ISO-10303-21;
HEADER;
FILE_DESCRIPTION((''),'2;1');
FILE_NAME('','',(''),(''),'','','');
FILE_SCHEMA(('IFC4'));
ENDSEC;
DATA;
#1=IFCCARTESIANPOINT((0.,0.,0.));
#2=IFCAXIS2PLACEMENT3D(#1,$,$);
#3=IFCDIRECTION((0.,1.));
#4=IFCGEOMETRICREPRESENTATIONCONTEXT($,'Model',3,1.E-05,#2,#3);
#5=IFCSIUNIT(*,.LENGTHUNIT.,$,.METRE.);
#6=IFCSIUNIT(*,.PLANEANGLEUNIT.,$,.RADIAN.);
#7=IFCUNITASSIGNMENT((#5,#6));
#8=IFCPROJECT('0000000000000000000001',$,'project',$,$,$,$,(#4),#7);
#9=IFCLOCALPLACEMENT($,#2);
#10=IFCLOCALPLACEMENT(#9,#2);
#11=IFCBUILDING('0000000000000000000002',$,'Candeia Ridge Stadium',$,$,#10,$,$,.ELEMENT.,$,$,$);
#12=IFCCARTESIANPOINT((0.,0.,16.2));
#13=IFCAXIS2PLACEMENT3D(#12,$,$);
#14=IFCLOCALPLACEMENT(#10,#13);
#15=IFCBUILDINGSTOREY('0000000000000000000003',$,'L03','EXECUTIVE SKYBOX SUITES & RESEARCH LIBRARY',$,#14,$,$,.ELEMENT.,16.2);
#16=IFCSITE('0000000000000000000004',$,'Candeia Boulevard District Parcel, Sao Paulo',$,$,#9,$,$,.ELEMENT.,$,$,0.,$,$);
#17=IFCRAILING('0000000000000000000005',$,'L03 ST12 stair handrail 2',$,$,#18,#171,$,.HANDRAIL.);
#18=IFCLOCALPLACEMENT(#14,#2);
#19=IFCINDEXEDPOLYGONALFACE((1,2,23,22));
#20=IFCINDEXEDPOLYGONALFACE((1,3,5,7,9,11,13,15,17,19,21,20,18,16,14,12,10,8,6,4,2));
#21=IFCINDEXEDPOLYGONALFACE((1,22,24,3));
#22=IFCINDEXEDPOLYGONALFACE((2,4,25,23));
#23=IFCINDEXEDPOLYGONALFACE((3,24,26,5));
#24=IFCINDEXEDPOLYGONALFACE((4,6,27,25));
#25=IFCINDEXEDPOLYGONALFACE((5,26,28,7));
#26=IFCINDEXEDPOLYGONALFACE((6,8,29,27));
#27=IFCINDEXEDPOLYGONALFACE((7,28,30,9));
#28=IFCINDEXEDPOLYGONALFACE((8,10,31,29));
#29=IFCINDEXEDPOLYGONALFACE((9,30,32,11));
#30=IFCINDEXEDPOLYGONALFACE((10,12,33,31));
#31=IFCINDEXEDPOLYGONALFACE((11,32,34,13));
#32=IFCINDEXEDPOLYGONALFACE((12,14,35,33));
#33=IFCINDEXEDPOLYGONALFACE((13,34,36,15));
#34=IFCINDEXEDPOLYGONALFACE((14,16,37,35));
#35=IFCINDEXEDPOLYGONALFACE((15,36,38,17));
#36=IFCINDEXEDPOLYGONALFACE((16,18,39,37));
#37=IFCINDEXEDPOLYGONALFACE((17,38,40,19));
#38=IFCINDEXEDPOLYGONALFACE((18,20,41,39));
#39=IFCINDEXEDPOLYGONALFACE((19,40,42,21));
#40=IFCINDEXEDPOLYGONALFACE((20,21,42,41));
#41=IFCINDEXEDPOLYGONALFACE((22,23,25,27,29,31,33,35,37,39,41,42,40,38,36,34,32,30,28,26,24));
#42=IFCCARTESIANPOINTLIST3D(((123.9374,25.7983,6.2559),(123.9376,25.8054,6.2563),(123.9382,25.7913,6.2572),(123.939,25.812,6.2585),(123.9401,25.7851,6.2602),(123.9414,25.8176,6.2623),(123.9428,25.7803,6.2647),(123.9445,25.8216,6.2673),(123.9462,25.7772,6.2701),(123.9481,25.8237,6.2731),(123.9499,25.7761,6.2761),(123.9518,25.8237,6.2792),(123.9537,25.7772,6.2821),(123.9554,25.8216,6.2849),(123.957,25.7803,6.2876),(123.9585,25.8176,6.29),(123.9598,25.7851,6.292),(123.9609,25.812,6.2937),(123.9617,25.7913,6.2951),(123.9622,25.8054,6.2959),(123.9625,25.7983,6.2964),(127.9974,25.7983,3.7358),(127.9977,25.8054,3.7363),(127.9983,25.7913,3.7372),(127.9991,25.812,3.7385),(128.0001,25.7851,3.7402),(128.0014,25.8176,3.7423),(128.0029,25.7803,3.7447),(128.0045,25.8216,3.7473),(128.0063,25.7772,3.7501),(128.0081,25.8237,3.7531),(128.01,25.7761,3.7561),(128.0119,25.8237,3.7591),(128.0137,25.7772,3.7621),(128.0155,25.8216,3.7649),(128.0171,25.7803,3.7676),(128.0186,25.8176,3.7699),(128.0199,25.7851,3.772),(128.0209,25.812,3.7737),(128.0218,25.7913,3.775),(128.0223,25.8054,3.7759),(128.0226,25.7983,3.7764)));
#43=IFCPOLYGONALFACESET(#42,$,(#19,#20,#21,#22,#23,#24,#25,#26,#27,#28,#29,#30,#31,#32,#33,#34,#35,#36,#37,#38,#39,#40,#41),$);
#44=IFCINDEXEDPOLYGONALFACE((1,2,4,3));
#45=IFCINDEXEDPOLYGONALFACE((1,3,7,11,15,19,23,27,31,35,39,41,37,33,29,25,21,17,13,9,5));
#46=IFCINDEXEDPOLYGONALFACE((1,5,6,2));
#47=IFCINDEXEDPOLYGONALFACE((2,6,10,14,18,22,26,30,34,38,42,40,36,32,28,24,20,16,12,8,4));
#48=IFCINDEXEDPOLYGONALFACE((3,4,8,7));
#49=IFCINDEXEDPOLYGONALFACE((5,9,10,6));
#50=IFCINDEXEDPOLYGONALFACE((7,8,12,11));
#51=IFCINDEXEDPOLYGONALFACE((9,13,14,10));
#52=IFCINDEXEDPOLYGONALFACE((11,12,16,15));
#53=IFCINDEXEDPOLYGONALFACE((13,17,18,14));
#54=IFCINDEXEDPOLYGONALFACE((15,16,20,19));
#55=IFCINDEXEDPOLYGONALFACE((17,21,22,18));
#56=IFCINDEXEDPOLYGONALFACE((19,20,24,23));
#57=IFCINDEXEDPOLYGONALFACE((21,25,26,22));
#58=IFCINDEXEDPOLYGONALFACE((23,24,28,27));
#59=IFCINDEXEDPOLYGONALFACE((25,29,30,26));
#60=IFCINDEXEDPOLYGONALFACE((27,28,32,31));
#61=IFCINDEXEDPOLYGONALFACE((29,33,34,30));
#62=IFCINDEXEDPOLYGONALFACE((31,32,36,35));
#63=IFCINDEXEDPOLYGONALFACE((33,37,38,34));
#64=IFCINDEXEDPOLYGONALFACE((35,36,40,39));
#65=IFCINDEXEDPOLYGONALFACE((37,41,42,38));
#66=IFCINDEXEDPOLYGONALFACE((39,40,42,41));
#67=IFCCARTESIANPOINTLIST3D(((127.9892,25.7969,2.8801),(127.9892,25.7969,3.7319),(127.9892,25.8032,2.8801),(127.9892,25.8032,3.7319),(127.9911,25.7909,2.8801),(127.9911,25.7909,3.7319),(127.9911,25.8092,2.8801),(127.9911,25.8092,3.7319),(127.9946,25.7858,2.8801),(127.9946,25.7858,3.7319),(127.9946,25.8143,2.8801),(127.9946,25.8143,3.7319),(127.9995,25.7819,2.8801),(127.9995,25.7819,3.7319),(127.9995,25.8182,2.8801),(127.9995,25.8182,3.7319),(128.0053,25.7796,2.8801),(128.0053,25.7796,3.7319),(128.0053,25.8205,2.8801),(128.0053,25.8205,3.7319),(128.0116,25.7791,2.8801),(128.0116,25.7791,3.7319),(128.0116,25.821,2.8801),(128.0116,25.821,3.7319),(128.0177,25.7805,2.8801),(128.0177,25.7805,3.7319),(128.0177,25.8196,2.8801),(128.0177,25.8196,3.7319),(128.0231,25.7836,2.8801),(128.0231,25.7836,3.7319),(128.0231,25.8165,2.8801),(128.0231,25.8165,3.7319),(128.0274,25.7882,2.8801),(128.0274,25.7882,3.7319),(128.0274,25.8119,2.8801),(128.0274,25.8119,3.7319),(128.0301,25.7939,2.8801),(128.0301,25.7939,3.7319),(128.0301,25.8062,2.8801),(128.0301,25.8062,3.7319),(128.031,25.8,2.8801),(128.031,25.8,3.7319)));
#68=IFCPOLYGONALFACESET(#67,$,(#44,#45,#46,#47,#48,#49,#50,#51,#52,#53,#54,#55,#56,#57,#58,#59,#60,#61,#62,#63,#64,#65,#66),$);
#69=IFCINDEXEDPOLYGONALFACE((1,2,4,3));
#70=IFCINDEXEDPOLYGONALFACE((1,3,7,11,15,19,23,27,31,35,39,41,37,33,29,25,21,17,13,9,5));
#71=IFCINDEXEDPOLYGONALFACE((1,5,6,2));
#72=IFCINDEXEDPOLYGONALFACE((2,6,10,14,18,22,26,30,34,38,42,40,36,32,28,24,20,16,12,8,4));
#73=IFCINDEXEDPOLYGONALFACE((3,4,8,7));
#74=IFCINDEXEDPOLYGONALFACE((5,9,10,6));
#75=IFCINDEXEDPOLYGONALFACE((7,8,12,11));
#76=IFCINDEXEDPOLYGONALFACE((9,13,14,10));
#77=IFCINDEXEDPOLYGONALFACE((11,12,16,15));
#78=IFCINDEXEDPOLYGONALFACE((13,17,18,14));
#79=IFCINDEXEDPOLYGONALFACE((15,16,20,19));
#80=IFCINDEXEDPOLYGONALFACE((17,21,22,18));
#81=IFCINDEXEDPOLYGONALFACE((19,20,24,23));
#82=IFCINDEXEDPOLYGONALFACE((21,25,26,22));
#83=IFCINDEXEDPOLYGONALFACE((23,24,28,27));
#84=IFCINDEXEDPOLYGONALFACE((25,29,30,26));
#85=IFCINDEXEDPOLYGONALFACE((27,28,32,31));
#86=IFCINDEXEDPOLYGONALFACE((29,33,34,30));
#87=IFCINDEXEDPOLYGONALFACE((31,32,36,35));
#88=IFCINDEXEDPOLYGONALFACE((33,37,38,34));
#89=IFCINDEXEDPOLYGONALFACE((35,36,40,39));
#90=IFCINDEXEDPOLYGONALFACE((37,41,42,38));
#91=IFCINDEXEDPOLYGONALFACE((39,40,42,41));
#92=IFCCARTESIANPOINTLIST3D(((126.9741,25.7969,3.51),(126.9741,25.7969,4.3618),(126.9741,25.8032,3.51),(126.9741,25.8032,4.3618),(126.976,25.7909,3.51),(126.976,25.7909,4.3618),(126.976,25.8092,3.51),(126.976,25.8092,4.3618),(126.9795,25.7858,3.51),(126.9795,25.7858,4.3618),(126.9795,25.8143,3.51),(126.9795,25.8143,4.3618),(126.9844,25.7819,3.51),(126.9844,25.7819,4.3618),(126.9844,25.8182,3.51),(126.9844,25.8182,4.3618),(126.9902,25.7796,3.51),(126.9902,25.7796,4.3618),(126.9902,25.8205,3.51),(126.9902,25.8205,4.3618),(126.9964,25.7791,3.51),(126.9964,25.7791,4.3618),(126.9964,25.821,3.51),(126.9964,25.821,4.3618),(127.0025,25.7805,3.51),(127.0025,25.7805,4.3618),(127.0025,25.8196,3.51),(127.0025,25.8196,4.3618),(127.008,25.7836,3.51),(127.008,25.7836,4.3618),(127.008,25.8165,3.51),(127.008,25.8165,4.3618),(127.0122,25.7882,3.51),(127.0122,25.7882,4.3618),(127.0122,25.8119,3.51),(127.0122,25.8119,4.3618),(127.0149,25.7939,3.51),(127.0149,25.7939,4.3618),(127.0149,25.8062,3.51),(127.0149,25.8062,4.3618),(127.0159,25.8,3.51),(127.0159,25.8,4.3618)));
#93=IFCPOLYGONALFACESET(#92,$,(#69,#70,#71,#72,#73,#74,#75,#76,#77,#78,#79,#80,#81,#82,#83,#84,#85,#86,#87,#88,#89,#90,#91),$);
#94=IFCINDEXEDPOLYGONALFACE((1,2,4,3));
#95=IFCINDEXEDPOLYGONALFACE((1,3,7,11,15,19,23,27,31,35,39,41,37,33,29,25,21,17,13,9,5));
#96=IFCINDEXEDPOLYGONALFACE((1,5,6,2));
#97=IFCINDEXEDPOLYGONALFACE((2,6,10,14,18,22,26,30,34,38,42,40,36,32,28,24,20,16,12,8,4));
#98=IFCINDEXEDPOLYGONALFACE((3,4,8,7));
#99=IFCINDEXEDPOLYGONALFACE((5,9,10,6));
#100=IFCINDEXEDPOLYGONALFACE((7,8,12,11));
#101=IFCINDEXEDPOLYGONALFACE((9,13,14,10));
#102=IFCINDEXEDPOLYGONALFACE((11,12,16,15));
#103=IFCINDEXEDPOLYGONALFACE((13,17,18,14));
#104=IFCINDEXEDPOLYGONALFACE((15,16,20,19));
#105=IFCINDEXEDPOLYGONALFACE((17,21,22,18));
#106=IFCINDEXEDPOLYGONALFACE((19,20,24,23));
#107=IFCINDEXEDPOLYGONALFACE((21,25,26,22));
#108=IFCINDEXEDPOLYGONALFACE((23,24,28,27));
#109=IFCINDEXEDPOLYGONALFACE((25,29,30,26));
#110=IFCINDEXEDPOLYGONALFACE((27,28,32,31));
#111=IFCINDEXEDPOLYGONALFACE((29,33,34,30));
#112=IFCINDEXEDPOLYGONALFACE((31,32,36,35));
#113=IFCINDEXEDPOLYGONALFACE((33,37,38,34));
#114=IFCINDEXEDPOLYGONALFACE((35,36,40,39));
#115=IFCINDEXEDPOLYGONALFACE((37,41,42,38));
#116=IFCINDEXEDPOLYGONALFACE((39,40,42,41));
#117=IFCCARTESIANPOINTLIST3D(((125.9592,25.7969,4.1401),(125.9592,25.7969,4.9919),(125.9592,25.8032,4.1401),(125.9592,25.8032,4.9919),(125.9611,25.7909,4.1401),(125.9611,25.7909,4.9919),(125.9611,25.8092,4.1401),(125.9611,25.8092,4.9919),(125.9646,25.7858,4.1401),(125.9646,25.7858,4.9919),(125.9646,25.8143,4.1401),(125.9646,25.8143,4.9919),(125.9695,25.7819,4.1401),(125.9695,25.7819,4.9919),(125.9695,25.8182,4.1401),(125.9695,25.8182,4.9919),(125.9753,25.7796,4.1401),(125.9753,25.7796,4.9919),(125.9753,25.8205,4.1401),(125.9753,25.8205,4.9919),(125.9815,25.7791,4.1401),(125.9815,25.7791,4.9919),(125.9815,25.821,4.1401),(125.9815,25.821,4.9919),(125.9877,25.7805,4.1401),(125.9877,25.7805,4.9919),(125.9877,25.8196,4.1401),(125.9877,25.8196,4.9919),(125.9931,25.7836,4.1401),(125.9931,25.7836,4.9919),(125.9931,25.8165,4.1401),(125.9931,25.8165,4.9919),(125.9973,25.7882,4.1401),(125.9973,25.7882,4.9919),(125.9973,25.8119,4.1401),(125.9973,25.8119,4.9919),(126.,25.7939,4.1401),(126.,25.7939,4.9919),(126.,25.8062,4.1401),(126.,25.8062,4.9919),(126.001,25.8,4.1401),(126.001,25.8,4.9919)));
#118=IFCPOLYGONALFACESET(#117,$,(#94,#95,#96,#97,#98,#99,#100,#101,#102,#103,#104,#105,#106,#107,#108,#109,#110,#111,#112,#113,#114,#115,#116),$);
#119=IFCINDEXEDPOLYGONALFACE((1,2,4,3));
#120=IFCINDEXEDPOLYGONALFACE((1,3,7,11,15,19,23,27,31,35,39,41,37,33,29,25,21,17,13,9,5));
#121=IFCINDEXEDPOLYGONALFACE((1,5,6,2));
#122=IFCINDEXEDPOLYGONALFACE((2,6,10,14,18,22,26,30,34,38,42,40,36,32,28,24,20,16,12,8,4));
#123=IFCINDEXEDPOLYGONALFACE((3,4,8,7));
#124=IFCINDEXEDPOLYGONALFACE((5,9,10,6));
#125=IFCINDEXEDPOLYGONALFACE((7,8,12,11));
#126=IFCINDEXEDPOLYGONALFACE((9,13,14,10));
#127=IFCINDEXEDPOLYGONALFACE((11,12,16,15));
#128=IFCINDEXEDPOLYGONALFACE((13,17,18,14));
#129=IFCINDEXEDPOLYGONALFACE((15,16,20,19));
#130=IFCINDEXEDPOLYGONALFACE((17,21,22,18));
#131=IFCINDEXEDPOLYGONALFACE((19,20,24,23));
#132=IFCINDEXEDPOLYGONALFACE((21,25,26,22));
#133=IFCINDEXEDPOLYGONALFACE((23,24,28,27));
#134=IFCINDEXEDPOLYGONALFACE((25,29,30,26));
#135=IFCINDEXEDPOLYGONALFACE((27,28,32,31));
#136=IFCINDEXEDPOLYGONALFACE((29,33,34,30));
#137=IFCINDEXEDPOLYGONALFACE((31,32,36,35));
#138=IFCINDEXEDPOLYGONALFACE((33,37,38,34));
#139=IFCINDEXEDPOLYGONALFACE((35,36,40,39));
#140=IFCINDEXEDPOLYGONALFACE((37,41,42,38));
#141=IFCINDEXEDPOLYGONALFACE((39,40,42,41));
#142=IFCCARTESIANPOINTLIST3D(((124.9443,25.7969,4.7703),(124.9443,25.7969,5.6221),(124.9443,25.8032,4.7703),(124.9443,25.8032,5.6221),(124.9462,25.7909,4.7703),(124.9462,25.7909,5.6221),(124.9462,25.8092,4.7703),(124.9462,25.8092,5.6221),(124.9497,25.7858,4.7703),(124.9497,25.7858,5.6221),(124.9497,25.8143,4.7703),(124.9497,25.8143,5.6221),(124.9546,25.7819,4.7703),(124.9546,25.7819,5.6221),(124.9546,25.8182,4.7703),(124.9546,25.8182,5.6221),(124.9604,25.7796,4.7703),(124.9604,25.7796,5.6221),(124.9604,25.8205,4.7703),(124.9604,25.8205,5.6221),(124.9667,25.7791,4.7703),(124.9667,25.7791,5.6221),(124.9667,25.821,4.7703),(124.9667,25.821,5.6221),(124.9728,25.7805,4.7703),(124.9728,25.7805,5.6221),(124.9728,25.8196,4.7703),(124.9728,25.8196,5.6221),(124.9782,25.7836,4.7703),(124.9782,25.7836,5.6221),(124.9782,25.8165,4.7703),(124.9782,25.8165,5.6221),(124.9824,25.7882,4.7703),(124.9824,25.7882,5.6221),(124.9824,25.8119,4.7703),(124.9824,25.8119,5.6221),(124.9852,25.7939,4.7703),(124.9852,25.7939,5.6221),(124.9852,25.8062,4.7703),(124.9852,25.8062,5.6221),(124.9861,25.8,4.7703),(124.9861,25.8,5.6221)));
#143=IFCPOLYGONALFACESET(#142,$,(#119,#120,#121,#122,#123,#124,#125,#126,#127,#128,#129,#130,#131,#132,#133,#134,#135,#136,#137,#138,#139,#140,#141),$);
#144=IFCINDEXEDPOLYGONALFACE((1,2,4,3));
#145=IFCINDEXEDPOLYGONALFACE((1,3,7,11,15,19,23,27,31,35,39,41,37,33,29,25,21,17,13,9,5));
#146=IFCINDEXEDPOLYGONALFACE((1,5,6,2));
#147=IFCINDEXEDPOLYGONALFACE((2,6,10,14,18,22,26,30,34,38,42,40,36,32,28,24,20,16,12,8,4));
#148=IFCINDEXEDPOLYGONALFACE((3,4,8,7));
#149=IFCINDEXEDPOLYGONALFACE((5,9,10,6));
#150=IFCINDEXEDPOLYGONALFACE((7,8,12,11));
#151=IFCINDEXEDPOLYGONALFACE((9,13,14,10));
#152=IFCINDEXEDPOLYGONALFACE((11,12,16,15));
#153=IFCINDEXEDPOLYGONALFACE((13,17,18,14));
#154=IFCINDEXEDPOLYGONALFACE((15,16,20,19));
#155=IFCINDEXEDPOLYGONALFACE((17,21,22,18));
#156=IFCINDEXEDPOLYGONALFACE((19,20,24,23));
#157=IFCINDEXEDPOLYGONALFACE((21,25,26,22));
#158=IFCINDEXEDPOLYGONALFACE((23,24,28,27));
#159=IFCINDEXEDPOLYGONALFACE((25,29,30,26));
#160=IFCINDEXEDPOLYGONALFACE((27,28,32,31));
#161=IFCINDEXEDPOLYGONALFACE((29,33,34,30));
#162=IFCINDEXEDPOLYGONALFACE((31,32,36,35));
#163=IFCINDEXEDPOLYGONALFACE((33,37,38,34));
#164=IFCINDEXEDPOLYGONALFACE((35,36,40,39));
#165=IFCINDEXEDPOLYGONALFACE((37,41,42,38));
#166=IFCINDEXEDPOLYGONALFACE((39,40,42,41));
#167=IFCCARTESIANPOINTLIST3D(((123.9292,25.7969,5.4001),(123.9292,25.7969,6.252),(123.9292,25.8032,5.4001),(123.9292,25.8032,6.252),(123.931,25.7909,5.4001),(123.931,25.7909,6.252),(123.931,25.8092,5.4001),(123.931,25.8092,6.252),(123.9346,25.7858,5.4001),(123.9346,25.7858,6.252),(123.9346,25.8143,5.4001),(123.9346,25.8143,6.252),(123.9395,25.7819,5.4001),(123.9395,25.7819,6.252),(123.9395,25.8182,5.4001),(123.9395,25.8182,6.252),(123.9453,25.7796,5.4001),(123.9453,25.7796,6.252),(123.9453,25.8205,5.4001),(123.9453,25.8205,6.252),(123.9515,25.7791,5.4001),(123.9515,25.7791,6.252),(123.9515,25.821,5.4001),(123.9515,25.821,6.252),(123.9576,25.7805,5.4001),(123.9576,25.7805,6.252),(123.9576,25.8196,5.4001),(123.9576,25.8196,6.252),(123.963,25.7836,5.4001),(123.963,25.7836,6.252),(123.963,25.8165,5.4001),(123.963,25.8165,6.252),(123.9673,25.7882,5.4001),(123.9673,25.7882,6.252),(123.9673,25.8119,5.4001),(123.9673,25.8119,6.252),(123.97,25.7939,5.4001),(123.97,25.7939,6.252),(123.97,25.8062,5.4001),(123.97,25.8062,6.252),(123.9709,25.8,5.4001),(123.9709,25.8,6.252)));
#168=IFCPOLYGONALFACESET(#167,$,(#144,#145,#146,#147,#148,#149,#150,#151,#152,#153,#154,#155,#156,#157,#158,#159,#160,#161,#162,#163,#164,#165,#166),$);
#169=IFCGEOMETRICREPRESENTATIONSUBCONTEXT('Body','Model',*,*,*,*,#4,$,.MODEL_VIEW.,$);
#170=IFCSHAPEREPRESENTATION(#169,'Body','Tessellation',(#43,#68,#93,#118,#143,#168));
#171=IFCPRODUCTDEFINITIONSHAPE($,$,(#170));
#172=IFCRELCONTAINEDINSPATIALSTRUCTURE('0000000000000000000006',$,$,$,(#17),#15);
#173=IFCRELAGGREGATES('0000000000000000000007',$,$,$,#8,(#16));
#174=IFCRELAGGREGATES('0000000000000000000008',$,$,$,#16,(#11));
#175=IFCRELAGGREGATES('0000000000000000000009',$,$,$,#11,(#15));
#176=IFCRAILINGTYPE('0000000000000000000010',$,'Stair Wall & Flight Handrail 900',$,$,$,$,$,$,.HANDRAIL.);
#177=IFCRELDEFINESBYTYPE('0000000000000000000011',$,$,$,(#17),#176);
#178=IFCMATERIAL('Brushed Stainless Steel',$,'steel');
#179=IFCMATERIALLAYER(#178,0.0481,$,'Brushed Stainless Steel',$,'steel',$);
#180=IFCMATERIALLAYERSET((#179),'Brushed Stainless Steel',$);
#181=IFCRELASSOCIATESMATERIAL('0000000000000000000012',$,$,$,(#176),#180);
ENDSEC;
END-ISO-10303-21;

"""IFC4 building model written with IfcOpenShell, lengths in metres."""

from ifc_helpers import new_model, si_unit, direction, frame, origin, origin_2d, place, context, subcontext, project, spatial, circle, extrude, material, layer, layer_set, type_object, element, save


model = new_model("IFC4")

# Units and contexts
model_context = context("Model", 3, precision=1e-05, world=origin(), true_north=direction((0.0, 1.0)))
body_context = subcontext(model_context, "Body", "Model", "MODEL_VIEW")
ifc_project = project(units=[si_unit("LENGTHUNIT", "METRE"), si_unit("PLANEANGLEUNIT", "RADIAN")], contexts=[model_context])

# Site, building, storey
site_placement = place(None, origin())
site = spatial("IfcSite", under=ifc_project, at=site_placement, Name="Candeia Boulevard District Parcel, Sao Paulo", CompositionType="ELEMENT", RefElevation=0.0)
building_placement = place(site_placement, origin())
building = spatial("IfcBuilding", under=site, at=building_placement, Name="Candeia Ridge Stadium", CompositionType="ELEMENT")
storey_placement = place(building_placement, frame((0.0, 0.0, 16.2)))
storey = spatial("IfcBuildingStorey", under=building, at=storey_placement, Name="L03", Description="EXECUTIVE SKYBOX SUITES & RESEARCH LIBRARY", CompositionType="ELEMENT", Elevation=16.2)

# Railing
ifc_material_1 = material(Name="Brushed Stainless Steel", Category="steel")
ifc_layer_1 = layer(ifc_material_1, 0.0481, Name="Brushed Stainless Steel", Category="steel")
ifc_layer_set_1 = layer_set([ifc_layer_1], Name="Brushed Stainless Steel")
railing_type_1 = type_object("IfcRailingType", Name="Stair Wall & Flight Handrail 900", PredefinedType="HANDRAIL", material=ifc_layer_set_1)
railing_1_placement = place(storey_placement, frame((128.01, 25.8, 2.8801)))
element("IfcRailing", 1, at=railing_1_placement, inside=storey, type_object=railing_type_1, Name="L03 ST12 stair handrail 2", PredefinedType="HANDRAIL", context=body_context, shape_type="SweptSolid", body=[
    extrude(circle(Radius=0.0239, at=origin_2d()), frame((0.0, 0.0, 0.876), z_axis=(-0.849642, 0.0, 0.52736), x_axis=(0.0, -1.0, 0.0)), (0.0, 0.0, 1.0), 4.7786),
    extrude(circle(Radius=0.021, at=origin_2d()), origin(), (0.0, 0.0, 1.0), 0.8518),
    extrude(circle(Radius=0.021, at=origin_2d()), frame((-1.0151, 0.0, 0.6299)), (0.0, 0.0, 1.0), 0.8518),
    extrude(circle(Radius=0.021, at=origin_2d()), frame((-2.03, 0.0, 1.26)), (0.0, 0.0, 1.0), 0.8518),
    extrude(circle(Radius=0.021, at=origin_2d()), frame((-3.0449, 0.0, 1.8901)), (0.0, 0.0, 1.0), 0.8518),
    extrude(circle(Radius=0.021, at=origin_2d()), frame((-4.0601, 0.0, 2.52)), (0.0, 0.0, 1.0), 0.8518),
])

save(model, "model.ifc")
